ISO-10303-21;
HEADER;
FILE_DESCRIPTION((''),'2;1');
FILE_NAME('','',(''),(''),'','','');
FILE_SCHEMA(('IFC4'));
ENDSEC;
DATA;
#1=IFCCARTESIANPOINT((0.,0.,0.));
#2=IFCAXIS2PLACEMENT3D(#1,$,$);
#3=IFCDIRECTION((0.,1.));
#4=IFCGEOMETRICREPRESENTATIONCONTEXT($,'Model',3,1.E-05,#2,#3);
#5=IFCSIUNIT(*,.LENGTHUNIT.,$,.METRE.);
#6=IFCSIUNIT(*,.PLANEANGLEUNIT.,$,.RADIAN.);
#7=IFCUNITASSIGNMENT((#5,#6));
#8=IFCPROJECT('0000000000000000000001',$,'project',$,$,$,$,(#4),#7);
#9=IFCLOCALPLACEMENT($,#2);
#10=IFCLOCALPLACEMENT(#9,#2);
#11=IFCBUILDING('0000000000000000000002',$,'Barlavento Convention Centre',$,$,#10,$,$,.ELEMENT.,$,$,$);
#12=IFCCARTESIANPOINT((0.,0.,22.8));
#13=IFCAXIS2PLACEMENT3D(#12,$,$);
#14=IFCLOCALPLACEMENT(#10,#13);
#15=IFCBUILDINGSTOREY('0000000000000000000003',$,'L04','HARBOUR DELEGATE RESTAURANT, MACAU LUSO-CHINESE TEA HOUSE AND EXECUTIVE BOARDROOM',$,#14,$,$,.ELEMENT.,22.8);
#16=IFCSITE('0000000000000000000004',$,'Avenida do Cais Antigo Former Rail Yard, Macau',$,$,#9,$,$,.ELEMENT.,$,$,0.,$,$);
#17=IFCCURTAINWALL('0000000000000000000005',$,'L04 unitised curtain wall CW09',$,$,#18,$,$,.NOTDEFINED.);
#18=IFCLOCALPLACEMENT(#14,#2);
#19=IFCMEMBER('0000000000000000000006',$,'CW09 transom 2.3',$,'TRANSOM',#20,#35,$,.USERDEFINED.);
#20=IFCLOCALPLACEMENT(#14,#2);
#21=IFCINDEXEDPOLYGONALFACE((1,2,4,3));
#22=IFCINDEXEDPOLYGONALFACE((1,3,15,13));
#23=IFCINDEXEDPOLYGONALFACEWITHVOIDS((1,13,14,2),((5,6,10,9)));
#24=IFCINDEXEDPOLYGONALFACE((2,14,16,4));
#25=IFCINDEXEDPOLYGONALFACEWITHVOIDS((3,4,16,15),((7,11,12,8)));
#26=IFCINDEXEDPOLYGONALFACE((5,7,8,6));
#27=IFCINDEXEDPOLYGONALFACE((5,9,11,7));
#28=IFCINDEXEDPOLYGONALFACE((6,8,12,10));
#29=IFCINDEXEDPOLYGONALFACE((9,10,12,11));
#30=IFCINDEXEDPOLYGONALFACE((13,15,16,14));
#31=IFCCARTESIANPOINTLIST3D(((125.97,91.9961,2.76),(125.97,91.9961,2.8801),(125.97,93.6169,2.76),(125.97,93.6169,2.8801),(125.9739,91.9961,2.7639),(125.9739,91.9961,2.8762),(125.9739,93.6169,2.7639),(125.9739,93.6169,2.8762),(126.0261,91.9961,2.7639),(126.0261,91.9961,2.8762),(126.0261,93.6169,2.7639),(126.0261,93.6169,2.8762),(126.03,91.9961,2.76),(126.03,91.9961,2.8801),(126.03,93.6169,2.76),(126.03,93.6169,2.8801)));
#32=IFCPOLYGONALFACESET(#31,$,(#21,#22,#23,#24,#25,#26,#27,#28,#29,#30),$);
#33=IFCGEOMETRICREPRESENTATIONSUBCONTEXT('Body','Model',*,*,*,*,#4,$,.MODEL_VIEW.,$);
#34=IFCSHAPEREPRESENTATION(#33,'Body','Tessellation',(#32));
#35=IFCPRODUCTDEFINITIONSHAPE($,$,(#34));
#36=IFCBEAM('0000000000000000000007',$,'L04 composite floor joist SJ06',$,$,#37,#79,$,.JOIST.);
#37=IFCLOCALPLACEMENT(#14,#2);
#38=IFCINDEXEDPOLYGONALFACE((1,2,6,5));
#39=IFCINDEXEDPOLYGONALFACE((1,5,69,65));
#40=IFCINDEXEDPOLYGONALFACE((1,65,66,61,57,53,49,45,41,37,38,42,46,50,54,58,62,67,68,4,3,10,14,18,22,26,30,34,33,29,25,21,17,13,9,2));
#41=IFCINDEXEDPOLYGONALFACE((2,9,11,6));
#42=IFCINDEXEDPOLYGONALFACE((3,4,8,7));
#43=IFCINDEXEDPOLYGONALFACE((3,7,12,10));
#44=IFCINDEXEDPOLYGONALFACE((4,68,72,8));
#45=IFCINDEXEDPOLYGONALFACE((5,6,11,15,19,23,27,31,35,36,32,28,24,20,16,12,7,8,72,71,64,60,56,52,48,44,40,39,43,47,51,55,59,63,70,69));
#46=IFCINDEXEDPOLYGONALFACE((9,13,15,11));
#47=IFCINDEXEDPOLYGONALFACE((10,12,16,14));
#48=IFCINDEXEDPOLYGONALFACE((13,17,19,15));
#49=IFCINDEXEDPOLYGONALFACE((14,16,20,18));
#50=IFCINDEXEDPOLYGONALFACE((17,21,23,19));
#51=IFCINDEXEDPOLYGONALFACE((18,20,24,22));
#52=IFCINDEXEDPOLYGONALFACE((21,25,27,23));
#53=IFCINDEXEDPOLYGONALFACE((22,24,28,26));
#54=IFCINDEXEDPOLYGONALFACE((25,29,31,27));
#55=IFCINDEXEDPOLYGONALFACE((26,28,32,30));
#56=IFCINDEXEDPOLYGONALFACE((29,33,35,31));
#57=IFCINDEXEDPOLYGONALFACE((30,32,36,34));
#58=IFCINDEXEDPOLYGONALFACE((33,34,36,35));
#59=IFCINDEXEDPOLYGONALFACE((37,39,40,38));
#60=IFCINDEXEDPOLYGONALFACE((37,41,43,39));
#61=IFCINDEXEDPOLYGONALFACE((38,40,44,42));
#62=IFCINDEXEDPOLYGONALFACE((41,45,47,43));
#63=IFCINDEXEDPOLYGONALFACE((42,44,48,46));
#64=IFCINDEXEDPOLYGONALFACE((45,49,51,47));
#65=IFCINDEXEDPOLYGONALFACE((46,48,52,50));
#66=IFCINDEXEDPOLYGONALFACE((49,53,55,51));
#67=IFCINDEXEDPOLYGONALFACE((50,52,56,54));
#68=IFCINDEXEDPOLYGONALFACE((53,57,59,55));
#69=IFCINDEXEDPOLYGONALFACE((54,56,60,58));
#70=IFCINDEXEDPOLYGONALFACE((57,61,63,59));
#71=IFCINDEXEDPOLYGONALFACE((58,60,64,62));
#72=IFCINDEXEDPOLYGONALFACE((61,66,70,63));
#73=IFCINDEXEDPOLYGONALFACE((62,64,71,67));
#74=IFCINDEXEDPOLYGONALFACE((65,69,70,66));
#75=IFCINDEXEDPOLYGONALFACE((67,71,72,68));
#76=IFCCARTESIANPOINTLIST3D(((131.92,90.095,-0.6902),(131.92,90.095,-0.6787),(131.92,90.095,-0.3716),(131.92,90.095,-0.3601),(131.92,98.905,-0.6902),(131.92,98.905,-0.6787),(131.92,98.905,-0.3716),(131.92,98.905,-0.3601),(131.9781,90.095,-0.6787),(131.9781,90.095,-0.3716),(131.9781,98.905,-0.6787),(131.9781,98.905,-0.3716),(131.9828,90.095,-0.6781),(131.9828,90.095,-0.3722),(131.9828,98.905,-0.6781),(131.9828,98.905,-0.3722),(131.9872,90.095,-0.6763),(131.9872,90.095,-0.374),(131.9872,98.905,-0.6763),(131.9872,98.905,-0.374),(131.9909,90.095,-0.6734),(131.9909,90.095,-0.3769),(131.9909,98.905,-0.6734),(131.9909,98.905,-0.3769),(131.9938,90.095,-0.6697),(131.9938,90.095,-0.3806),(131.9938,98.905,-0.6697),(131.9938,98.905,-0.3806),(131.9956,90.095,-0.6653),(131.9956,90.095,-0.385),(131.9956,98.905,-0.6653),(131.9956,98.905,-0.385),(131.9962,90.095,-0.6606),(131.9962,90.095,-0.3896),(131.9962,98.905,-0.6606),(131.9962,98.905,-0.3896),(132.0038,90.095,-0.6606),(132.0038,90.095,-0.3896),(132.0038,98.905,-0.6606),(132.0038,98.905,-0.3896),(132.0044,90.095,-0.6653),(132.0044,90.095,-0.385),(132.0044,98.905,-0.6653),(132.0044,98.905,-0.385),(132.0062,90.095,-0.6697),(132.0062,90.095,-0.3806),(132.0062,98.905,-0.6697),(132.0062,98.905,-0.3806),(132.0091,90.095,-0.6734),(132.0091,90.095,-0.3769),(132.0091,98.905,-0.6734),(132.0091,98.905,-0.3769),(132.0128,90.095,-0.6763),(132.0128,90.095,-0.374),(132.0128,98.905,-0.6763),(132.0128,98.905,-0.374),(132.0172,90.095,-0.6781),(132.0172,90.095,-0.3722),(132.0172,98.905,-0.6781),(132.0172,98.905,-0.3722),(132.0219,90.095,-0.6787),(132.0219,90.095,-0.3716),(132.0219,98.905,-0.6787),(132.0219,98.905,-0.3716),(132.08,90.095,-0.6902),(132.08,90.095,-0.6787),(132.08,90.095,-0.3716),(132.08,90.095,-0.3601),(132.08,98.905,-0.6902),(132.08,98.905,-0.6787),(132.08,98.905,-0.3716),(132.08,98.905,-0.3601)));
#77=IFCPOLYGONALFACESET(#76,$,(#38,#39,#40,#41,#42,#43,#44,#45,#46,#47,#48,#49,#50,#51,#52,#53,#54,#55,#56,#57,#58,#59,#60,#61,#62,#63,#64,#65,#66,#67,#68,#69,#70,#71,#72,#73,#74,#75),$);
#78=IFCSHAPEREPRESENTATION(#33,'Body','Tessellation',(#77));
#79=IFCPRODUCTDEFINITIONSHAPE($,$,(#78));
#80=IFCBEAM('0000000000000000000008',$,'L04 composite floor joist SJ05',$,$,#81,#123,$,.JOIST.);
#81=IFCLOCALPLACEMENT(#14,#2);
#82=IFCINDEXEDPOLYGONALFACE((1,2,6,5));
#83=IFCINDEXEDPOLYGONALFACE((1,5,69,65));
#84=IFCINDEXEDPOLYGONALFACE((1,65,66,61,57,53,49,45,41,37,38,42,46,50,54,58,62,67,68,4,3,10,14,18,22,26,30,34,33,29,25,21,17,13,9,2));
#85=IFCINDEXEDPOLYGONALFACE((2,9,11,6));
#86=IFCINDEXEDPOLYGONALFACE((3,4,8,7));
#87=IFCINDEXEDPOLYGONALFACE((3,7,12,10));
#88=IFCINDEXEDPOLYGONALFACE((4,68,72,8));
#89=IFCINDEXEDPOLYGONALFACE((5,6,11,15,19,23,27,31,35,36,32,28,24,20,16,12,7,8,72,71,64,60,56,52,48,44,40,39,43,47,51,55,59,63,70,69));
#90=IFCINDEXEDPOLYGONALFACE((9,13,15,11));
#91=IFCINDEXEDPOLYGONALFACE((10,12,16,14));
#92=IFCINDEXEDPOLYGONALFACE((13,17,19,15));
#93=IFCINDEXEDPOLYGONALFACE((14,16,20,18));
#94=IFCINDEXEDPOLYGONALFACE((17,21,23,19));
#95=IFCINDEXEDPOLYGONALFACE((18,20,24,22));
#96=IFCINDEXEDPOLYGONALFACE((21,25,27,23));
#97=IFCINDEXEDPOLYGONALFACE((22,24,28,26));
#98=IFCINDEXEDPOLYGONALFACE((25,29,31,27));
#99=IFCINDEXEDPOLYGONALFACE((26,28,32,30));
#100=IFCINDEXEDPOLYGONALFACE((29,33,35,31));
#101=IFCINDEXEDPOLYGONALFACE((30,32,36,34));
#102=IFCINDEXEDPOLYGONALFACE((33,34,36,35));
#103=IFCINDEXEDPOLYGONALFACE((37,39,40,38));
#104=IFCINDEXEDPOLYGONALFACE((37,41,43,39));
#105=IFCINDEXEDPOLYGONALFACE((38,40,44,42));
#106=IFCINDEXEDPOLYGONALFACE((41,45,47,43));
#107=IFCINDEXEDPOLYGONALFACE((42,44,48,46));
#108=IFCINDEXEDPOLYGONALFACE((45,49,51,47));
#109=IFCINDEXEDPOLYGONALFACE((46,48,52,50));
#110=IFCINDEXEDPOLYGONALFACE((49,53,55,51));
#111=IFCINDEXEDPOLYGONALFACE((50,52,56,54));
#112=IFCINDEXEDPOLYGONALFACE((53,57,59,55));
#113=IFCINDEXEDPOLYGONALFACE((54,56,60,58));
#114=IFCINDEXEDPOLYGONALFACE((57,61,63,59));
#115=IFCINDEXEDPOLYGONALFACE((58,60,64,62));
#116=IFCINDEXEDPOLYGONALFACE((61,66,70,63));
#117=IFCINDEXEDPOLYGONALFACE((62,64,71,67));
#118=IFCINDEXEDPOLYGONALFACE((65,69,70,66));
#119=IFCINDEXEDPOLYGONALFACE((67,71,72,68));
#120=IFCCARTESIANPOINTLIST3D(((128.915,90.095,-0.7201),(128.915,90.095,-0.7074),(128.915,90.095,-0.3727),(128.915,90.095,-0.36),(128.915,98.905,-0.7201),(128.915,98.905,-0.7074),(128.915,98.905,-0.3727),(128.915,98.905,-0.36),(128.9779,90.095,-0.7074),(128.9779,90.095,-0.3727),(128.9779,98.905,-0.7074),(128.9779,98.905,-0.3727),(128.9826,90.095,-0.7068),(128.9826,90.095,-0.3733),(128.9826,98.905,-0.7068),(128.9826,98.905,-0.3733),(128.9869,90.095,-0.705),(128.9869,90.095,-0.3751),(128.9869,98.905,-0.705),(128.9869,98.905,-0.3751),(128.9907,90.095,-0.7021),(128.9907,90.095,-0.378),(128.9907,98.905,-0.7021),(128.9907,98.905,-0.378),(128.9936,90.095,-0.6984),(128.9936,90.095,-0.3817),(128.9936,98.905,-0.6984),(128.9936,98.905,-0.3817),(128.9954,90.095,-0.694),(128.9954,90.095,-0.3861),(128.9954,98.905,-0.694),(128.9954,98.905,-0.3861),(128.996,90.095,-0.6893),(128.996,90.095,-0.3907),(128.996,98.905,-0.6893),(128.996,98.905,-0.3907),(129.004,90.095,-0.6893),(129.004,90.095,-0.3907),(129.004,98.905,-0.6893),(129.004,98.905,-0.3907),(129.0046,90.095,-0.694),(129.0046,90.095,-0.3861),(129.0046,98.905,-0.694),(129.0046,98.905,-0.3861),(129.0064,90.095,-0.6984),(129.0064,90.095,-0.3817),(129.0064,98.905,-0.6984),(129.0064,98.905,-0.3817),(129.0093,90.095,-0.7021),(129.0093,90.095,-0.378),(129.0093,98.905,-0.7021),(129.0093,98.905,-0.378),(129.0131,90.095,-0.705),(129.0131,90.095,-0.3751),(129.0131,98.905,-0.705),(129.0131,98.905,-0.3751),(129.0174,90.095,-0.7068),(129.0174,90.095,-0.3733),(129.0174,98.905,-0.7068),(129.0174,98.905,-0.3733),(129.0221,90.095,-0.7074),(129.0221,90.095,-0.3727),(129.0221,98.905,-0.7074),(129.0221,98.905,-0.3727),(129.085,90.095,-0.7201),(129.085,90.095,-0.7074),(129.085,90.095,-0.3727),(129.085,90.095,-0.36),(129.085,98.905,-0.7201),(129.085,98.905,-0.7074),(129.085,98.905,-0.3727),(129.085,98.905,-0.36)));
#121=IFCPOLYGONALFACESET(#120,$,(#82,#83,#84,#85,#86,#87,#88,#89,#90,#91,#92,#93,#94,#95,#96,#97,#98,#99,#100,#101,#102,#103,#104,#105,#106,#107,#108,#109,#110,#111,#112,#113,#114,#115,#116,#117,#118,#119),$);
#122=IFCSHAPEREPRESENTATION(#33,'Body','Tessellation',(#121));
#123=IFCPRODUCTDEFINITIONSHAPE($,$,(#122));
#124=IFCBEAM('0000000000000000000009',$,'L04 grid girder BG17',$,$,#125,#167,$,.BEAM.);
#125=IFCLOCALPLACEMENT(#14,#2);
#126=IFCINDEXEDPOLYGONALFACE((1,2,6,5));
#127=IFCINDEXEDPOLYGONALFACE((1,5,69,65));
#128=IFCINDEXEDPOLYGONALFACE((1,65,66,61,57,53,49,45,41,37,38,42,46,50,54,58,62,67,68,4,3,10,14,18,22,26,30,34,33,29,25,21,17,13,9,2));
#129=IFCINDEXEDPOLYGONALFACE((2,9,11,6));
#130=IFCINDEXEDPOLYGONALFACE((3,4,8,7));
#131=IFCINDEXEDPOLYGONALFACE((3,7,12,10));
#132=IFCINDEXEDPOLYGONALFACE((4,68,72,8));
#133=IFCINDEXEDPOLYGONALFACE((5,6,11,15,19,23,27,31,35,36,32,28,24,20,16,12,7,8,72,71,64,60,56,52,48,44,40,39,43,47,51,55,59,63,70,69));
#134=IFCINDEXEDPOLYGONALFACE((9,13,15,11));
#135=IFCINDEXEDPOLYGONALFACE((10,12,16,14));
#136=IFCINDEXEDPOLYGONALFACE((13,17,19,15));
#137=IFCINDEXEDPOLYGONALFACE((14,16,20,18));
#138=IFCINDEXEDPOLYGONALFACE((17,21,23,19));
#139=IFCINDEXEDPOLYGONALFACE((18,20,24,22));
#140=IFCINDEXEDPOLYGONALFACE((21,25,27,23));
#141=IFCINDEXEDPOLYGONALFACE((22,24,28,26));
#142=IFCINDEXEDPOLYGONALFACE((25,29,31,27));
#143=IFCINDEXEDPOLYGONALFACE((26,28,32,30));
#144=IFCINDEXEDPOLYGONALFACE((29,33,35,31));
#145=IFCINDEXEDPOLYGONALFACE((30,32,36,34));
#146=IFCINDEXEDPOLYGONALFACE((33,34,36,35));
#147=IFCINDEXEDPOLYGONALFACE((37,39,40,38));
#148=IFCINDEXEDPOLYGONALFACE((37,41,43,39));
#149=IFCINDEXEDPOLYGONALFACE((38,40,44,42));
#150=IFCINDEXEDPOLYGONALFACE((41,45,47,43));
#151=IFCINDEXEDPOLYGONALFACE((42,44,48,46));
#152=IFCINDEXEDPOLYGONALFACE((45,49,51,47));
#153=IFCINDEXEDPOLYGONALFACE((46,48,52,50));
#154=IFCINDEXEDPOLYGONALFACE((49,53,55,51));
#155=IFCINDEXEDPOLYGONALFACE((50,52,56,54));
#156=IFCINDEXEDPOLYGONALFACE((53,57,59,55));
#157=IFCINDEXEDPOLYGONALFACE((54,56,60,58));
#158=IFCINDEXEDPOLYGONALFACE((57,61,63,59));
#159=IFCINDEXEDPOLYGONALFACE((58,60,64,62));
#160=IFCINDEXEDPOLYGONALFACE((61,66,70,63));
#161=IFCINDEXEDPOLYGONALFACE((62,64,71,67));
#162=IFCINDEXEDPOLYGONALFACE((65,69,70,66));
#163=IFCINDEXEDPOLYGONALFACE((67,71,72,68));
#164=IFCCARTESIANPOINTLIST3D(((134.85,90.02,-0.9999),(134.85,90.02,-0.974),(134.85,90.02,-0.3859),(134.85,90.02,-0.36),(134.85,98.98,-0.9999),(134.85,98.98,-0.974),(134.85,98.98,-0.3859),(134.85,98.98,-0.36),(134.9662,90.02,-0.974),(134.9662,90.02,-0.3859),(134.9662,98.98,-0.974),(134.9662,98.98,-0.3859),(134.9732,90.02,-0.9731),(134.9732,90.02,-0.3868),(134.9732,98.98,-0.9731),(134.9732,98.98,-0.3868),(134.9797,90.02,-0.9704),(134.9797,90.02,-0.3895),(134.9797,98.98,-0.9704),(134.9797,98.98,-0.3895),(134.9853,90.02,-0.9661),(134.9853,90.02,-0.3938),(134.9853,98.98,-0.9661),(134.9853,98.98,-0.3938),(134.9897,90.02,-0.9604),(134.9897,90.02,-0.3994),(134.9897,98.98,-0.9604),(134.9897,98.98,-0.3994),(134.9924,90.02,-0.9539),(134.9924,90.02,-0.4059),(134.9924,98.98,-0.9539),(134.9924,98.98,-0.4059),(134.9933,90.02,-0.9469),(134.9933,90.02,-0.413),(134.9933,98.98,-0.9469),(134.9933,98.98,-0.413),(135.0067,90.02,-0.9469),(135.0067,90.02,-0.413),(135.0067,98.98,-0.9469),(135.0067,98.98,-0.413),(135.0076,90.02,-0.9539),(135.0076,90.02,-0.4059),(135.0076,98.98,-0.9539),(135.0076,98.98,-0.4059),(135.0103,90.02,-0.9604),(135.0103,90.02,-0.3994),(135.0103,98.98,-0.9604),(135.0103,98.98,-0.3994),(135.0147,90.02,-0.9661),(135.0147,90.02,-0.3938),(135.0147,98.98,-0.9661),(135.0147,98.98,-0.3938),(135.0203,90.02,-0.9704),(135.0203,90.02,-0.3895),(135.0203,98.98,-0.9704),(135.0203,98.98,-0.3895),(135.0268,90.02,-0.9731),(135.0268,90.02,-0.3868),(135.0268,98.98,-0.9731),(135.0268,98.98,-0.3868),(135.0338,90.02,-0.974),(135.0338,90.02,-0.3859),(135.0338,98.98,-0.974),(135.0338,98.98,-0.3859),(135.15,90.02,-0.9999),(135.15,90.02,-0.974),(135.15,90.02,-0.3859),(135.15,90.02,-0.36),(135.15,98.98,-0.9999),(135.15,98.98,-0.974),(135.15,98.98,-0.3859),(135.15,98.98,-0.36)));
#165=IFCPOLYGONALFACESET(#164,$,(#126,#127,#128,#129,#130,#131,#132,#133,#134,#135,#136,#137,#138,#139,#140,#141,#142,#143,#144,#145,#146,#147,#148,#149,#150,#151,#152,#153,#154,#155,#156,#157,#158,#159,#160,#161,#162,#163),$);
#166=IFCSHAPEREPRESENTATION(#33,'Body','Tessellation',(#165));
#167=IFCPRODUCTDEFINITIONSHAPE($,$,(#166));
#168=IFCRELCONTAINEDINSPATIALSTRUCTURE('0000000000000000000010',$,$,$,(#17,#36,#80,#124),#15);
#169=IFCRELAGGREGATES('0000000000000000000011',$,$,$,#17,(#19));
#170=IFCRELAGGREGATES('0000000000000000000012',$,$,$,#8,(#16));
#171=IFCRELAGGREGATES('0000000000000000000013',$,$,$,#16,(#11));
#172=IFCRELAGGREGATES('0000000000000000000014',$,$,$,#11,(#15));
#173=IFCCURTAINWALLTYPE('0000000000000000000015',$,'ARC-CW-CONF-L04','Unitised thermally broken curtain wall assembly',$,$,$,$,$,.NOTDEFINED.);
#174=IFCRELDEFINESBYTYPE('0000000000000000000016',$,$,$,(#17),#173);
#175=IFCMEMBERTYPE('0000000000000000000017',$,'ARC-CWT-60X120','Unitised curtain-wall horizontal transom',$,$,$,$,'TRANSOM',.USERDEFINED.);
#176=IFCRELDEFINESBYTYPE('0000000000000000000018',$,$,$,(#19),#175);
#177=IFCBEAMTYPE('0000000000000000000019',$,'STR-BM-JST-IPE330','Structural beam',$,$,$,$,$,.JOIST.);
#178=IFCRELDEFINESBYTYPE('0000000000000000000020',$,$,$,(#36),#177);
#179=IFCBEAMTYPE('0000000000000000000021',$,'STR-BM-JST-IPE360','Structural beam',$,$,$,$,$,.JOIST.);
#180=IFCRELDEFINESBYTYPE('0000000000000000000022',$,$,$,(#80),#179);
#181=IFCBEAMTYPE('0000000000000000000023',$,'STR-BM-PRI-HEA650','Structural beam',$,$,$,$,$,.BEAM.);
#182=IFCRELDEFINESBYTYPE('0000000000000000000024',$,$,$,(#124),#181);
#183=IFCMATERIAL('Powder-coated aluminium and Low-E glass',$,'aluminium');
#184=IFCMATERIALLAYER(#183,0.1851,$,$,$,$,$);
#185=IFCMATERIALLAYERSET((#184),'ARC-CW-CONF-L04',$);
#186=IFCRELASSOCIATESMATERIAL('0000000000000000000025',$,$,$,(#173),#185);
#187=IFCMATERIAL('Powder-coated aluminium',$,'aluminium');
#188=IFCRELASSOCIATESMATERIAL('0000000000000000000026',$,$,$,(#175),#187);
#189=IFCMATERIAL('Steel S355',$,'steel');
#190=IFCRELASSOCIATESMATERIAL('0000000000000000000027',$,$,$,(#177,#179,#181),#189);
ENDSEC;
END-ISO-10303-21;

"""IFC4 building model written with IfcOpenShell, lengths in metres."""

from ifc_helpers import new_model, si_unit, direction, frame, origin, origin_2d, place, context, subcontext, project, spatial, hollow_rectangle, i_section, extrude, material, layer, layer_set, material_profile, profile_set, type_object, element, aggregate, save


model = new_model("IFC4")

# Units and contexts
model_context = context("Model", 3, precision=1e-05, world=origin(), true_north=direction((0.0, 1.0)))
body_context = subcontext(model_context, "Body", "Model", "MODEL_VIEW")
ifc_project = project(units=[si_unit("LENGTHUNIT", "METRE"), si_unit("PLANEANGLEUNIT", "RADIAN")], contexts=[model_context])

# Site, building, storey
site_placement = place(None, origin())
site = spatial("IfcSite", under=ifc_project, at=site_placement, Name="Avenida do Cais Antigo Former Rail Yard, Macau", CompositionType="ELEMENT", RefElevation=0.0)
building_placement = place(site_placement, origin())
building = spatial("IfcBuilding", under=site, at=building_placement, Name="Barlavento Convention Centre", CompositionType="ELEMENT")
storey_placement = place(building_placement, frame((0.0, 0.0, 22.8)))
storey = spatial("IfcBuildingStorey", under=building, at=storey_placement, Name="L04", Description="HARBOUR DELEGATE RESTAURANT, MACAU LUSO-CHINESE TEA HOUSE AND EXECUTIVE BOARDROOM", CompositionType="ELEMENT", Elevation=22.8)

# Shared definitions
ifc_material_1 = material(Name="Steel S355", Category="steel")

# Shared definitions
ifc_material_2 = material(Name="Powder-coated aluminium and Low-E glass", Category="aluminium")
ifc_material_3 = material(Name="Powder-coated aluminium", Category="aluminium")

# Curtain wall, member
ifc_layer_1 = layer(ifc_material_2, 0.1851)
ifc_layer_set_1 = layer_set([ifc_layer_1], Name="ARC-CW-CONF-L04")
curtain_wall_type_1 = type_object("IfcCurtainWallType", Name="ARC-CW-CONF-L04", Description="Unitised thermally broken curtain wall assembly", PredefinedType="NOTDEFINED", material=ifc_layer_set_1)
curtain_wall_1_placement = place(storey_placement, origin())
curtain_wall_1 = element("IfcCurtainWall", 1, at=curtain_wall_1_placement, inside=storey, type_object=curtain_wall_type_1, Name="L04 unitised curtain wall CW09", PredefinedType="NOTDEFINED")
ifc_material_profile_1 = material_profile(ifc_material_3, hollow_rectangle(XDim=0.0601, YDim=0.1201, WallThickness=0.0039, at=origin_2d()), Name="AL-TRAN 60x120x4")
ifc_profile_set_1 = profile_set([ifc_material_profile_1], Name="Powder-coated aluminium")
member_type_1 = type_object("IfcMemberType", Name="ARC-CWT-60X120", Description="Unitised curtain-wall horizontal transom", ElementType="TRANSOM", PredefinedType="USERDEFINED", material=ifc_profile_set_1)
member_1_placement = place(storey_placement, frame((126.0, 91.9961, 2.8201), z_axis=(0.0, 1.0, 0.0), x_axis=(-1.0, 0.0, 0.0)))
member_1 = element("IfcMember", 2, at=member_1_placement, type_object=member_type_1, Name="CW09 transom 2.3", ObjectType="TRANSOM", PredefinedType="USERDEFINED", context=body_context, shape_type="SweptSolid", body=[
    extrude(hollow_rectangle(XDim=0.0601, YDim=0.1201, WallThickness=0.0039, at=origin_2d()), origin(), (0.0, 0.0, 1.0), 1.6208),
])

# Beams
ifc_material_profile_2 = material_profile(ifc_material_1, i_section(OverallWidth=0.1599, OverallDepth=0.3301, WebThickness=0.0076, FlangeThickness=0.0115, FilletRadius=0.0181, at=origin_2d()), Name="IPE 330")
ifc_profile_set_2 = profile_set([ifc_material_profile_2], Name="Steel S355")
beam_type_1 = type_object("IfcBeamType", Name="STR-BM-JST-IPE330", Description="Structural beam", PredefinedType="JOIST", material=ifc_profile_set_2)
beam_1_placement = place(storey_placement, frame((132.0, 90.095, -0.5251), z_axis=(0.0, 1.0, 0.0), x_axis=(-1.0, 0.0, 0.0)))
element("IfcBeam", 3, at=beam_1_placement, inside=storey, type_object=beam_type_1, Name="L04 composite floor joist SJ06", PredefinedType="JOIST", context=body_context, shape_type="SweptSolid", body=[
    extrude(i_section(OverallWidth=0.1599, OverallDepth=0.3301, WebThickness=0.0076, FlangeThickness=0.0115, FilletRadius=0.0181, at=origin_2d()), origin(), (0.0, 0.0, 1.0), 8.8101),
])
ifc_material_profile_3 = material_profile(ifc_material_1, i_section(OverallWidth=0.1699, OverallDepth=0.3601, WebThickness=0.0081, FlangeThickness=0.0127, FilletRadius=0.0181, at=origin_2d()), Name="IPE 360")
ifc_profile_set_3 = profile_set([ifc_material_profile_3], Name="Steel S355")
beam_type_2 = type_object("IfcBeamType", Name="STR-BM-JST-IPE360", Description="Structural beam", PredefinedType="JOIST", material=ifc_profile_set_3)
beam_2_placement = place(storey_placement, frame((129.0, 90.095, -0.54), z_axis=(0.0, 1.0, 0.0), x_axis=(-1.0, 0.0, 0.0)))
element("IfcBeam", 4, at=beam_2_placement, inside=storey, type_object=beam_type_2, Name="L04 composite floor joist SJ05", PredefinedType="JOIST", context=body_context, shape_type="SweptSolid", body=[
    extrude(i_section(OverallWidth=0.1699, OverallDepth=0.3601, WebThickness=0.0081, FlangeThickness=0.0127, FilletRadius=0.0181, at=origin_2d()), origin(), (0.0, 0.0, 1.0), 8.8101),
])
ifc_material_profile_4 = material_profile(ifc_material_1, i_section(OverallWidth=0.3, OverallDepth=0.6399, WebThickness=0.0134, FlangeThickness=0.0259, FilletRadius=0.0271, at=origin_2d()), Name="HEA 650")
ifc_profile_set_4 = profile_set([ifc_material_profile_4], Name="Steel S355")
beam_type_3 = type_object("IfcBeamType", Name="STR-BM-PRI-HEA650", Description="Structural beam", PredefinedType="BEAM", material=ifc_profile_set_4)
beam_3_placement = place(storey_placement, frame((135.0, 90.02, -0.6799), z_axis=(0.0, 1.0, 0.0), x_axis=(-1.0, 0.0, 0.0)))
element("IfcBeam", 5, at=beam_3_placement, inside=storey, type_object=beam_type_3, Name="L04 grid girder BG17", PredefinedType="BEAM", context=body_context, shape_type="SweptSolid", body=[
    extrude(i_section(OverallWidth=0.3, OverallDepth=0.6399, WebThickness=0.0134, FlangeThickness=0.0259, FilletRadius=0.0271, at=origin_2d()), origin(), (0.0, 0.0, 1.0), 8.96),
])

aggregate(curtain_wall_1, [member_1])

save(model, "model.ifc")
